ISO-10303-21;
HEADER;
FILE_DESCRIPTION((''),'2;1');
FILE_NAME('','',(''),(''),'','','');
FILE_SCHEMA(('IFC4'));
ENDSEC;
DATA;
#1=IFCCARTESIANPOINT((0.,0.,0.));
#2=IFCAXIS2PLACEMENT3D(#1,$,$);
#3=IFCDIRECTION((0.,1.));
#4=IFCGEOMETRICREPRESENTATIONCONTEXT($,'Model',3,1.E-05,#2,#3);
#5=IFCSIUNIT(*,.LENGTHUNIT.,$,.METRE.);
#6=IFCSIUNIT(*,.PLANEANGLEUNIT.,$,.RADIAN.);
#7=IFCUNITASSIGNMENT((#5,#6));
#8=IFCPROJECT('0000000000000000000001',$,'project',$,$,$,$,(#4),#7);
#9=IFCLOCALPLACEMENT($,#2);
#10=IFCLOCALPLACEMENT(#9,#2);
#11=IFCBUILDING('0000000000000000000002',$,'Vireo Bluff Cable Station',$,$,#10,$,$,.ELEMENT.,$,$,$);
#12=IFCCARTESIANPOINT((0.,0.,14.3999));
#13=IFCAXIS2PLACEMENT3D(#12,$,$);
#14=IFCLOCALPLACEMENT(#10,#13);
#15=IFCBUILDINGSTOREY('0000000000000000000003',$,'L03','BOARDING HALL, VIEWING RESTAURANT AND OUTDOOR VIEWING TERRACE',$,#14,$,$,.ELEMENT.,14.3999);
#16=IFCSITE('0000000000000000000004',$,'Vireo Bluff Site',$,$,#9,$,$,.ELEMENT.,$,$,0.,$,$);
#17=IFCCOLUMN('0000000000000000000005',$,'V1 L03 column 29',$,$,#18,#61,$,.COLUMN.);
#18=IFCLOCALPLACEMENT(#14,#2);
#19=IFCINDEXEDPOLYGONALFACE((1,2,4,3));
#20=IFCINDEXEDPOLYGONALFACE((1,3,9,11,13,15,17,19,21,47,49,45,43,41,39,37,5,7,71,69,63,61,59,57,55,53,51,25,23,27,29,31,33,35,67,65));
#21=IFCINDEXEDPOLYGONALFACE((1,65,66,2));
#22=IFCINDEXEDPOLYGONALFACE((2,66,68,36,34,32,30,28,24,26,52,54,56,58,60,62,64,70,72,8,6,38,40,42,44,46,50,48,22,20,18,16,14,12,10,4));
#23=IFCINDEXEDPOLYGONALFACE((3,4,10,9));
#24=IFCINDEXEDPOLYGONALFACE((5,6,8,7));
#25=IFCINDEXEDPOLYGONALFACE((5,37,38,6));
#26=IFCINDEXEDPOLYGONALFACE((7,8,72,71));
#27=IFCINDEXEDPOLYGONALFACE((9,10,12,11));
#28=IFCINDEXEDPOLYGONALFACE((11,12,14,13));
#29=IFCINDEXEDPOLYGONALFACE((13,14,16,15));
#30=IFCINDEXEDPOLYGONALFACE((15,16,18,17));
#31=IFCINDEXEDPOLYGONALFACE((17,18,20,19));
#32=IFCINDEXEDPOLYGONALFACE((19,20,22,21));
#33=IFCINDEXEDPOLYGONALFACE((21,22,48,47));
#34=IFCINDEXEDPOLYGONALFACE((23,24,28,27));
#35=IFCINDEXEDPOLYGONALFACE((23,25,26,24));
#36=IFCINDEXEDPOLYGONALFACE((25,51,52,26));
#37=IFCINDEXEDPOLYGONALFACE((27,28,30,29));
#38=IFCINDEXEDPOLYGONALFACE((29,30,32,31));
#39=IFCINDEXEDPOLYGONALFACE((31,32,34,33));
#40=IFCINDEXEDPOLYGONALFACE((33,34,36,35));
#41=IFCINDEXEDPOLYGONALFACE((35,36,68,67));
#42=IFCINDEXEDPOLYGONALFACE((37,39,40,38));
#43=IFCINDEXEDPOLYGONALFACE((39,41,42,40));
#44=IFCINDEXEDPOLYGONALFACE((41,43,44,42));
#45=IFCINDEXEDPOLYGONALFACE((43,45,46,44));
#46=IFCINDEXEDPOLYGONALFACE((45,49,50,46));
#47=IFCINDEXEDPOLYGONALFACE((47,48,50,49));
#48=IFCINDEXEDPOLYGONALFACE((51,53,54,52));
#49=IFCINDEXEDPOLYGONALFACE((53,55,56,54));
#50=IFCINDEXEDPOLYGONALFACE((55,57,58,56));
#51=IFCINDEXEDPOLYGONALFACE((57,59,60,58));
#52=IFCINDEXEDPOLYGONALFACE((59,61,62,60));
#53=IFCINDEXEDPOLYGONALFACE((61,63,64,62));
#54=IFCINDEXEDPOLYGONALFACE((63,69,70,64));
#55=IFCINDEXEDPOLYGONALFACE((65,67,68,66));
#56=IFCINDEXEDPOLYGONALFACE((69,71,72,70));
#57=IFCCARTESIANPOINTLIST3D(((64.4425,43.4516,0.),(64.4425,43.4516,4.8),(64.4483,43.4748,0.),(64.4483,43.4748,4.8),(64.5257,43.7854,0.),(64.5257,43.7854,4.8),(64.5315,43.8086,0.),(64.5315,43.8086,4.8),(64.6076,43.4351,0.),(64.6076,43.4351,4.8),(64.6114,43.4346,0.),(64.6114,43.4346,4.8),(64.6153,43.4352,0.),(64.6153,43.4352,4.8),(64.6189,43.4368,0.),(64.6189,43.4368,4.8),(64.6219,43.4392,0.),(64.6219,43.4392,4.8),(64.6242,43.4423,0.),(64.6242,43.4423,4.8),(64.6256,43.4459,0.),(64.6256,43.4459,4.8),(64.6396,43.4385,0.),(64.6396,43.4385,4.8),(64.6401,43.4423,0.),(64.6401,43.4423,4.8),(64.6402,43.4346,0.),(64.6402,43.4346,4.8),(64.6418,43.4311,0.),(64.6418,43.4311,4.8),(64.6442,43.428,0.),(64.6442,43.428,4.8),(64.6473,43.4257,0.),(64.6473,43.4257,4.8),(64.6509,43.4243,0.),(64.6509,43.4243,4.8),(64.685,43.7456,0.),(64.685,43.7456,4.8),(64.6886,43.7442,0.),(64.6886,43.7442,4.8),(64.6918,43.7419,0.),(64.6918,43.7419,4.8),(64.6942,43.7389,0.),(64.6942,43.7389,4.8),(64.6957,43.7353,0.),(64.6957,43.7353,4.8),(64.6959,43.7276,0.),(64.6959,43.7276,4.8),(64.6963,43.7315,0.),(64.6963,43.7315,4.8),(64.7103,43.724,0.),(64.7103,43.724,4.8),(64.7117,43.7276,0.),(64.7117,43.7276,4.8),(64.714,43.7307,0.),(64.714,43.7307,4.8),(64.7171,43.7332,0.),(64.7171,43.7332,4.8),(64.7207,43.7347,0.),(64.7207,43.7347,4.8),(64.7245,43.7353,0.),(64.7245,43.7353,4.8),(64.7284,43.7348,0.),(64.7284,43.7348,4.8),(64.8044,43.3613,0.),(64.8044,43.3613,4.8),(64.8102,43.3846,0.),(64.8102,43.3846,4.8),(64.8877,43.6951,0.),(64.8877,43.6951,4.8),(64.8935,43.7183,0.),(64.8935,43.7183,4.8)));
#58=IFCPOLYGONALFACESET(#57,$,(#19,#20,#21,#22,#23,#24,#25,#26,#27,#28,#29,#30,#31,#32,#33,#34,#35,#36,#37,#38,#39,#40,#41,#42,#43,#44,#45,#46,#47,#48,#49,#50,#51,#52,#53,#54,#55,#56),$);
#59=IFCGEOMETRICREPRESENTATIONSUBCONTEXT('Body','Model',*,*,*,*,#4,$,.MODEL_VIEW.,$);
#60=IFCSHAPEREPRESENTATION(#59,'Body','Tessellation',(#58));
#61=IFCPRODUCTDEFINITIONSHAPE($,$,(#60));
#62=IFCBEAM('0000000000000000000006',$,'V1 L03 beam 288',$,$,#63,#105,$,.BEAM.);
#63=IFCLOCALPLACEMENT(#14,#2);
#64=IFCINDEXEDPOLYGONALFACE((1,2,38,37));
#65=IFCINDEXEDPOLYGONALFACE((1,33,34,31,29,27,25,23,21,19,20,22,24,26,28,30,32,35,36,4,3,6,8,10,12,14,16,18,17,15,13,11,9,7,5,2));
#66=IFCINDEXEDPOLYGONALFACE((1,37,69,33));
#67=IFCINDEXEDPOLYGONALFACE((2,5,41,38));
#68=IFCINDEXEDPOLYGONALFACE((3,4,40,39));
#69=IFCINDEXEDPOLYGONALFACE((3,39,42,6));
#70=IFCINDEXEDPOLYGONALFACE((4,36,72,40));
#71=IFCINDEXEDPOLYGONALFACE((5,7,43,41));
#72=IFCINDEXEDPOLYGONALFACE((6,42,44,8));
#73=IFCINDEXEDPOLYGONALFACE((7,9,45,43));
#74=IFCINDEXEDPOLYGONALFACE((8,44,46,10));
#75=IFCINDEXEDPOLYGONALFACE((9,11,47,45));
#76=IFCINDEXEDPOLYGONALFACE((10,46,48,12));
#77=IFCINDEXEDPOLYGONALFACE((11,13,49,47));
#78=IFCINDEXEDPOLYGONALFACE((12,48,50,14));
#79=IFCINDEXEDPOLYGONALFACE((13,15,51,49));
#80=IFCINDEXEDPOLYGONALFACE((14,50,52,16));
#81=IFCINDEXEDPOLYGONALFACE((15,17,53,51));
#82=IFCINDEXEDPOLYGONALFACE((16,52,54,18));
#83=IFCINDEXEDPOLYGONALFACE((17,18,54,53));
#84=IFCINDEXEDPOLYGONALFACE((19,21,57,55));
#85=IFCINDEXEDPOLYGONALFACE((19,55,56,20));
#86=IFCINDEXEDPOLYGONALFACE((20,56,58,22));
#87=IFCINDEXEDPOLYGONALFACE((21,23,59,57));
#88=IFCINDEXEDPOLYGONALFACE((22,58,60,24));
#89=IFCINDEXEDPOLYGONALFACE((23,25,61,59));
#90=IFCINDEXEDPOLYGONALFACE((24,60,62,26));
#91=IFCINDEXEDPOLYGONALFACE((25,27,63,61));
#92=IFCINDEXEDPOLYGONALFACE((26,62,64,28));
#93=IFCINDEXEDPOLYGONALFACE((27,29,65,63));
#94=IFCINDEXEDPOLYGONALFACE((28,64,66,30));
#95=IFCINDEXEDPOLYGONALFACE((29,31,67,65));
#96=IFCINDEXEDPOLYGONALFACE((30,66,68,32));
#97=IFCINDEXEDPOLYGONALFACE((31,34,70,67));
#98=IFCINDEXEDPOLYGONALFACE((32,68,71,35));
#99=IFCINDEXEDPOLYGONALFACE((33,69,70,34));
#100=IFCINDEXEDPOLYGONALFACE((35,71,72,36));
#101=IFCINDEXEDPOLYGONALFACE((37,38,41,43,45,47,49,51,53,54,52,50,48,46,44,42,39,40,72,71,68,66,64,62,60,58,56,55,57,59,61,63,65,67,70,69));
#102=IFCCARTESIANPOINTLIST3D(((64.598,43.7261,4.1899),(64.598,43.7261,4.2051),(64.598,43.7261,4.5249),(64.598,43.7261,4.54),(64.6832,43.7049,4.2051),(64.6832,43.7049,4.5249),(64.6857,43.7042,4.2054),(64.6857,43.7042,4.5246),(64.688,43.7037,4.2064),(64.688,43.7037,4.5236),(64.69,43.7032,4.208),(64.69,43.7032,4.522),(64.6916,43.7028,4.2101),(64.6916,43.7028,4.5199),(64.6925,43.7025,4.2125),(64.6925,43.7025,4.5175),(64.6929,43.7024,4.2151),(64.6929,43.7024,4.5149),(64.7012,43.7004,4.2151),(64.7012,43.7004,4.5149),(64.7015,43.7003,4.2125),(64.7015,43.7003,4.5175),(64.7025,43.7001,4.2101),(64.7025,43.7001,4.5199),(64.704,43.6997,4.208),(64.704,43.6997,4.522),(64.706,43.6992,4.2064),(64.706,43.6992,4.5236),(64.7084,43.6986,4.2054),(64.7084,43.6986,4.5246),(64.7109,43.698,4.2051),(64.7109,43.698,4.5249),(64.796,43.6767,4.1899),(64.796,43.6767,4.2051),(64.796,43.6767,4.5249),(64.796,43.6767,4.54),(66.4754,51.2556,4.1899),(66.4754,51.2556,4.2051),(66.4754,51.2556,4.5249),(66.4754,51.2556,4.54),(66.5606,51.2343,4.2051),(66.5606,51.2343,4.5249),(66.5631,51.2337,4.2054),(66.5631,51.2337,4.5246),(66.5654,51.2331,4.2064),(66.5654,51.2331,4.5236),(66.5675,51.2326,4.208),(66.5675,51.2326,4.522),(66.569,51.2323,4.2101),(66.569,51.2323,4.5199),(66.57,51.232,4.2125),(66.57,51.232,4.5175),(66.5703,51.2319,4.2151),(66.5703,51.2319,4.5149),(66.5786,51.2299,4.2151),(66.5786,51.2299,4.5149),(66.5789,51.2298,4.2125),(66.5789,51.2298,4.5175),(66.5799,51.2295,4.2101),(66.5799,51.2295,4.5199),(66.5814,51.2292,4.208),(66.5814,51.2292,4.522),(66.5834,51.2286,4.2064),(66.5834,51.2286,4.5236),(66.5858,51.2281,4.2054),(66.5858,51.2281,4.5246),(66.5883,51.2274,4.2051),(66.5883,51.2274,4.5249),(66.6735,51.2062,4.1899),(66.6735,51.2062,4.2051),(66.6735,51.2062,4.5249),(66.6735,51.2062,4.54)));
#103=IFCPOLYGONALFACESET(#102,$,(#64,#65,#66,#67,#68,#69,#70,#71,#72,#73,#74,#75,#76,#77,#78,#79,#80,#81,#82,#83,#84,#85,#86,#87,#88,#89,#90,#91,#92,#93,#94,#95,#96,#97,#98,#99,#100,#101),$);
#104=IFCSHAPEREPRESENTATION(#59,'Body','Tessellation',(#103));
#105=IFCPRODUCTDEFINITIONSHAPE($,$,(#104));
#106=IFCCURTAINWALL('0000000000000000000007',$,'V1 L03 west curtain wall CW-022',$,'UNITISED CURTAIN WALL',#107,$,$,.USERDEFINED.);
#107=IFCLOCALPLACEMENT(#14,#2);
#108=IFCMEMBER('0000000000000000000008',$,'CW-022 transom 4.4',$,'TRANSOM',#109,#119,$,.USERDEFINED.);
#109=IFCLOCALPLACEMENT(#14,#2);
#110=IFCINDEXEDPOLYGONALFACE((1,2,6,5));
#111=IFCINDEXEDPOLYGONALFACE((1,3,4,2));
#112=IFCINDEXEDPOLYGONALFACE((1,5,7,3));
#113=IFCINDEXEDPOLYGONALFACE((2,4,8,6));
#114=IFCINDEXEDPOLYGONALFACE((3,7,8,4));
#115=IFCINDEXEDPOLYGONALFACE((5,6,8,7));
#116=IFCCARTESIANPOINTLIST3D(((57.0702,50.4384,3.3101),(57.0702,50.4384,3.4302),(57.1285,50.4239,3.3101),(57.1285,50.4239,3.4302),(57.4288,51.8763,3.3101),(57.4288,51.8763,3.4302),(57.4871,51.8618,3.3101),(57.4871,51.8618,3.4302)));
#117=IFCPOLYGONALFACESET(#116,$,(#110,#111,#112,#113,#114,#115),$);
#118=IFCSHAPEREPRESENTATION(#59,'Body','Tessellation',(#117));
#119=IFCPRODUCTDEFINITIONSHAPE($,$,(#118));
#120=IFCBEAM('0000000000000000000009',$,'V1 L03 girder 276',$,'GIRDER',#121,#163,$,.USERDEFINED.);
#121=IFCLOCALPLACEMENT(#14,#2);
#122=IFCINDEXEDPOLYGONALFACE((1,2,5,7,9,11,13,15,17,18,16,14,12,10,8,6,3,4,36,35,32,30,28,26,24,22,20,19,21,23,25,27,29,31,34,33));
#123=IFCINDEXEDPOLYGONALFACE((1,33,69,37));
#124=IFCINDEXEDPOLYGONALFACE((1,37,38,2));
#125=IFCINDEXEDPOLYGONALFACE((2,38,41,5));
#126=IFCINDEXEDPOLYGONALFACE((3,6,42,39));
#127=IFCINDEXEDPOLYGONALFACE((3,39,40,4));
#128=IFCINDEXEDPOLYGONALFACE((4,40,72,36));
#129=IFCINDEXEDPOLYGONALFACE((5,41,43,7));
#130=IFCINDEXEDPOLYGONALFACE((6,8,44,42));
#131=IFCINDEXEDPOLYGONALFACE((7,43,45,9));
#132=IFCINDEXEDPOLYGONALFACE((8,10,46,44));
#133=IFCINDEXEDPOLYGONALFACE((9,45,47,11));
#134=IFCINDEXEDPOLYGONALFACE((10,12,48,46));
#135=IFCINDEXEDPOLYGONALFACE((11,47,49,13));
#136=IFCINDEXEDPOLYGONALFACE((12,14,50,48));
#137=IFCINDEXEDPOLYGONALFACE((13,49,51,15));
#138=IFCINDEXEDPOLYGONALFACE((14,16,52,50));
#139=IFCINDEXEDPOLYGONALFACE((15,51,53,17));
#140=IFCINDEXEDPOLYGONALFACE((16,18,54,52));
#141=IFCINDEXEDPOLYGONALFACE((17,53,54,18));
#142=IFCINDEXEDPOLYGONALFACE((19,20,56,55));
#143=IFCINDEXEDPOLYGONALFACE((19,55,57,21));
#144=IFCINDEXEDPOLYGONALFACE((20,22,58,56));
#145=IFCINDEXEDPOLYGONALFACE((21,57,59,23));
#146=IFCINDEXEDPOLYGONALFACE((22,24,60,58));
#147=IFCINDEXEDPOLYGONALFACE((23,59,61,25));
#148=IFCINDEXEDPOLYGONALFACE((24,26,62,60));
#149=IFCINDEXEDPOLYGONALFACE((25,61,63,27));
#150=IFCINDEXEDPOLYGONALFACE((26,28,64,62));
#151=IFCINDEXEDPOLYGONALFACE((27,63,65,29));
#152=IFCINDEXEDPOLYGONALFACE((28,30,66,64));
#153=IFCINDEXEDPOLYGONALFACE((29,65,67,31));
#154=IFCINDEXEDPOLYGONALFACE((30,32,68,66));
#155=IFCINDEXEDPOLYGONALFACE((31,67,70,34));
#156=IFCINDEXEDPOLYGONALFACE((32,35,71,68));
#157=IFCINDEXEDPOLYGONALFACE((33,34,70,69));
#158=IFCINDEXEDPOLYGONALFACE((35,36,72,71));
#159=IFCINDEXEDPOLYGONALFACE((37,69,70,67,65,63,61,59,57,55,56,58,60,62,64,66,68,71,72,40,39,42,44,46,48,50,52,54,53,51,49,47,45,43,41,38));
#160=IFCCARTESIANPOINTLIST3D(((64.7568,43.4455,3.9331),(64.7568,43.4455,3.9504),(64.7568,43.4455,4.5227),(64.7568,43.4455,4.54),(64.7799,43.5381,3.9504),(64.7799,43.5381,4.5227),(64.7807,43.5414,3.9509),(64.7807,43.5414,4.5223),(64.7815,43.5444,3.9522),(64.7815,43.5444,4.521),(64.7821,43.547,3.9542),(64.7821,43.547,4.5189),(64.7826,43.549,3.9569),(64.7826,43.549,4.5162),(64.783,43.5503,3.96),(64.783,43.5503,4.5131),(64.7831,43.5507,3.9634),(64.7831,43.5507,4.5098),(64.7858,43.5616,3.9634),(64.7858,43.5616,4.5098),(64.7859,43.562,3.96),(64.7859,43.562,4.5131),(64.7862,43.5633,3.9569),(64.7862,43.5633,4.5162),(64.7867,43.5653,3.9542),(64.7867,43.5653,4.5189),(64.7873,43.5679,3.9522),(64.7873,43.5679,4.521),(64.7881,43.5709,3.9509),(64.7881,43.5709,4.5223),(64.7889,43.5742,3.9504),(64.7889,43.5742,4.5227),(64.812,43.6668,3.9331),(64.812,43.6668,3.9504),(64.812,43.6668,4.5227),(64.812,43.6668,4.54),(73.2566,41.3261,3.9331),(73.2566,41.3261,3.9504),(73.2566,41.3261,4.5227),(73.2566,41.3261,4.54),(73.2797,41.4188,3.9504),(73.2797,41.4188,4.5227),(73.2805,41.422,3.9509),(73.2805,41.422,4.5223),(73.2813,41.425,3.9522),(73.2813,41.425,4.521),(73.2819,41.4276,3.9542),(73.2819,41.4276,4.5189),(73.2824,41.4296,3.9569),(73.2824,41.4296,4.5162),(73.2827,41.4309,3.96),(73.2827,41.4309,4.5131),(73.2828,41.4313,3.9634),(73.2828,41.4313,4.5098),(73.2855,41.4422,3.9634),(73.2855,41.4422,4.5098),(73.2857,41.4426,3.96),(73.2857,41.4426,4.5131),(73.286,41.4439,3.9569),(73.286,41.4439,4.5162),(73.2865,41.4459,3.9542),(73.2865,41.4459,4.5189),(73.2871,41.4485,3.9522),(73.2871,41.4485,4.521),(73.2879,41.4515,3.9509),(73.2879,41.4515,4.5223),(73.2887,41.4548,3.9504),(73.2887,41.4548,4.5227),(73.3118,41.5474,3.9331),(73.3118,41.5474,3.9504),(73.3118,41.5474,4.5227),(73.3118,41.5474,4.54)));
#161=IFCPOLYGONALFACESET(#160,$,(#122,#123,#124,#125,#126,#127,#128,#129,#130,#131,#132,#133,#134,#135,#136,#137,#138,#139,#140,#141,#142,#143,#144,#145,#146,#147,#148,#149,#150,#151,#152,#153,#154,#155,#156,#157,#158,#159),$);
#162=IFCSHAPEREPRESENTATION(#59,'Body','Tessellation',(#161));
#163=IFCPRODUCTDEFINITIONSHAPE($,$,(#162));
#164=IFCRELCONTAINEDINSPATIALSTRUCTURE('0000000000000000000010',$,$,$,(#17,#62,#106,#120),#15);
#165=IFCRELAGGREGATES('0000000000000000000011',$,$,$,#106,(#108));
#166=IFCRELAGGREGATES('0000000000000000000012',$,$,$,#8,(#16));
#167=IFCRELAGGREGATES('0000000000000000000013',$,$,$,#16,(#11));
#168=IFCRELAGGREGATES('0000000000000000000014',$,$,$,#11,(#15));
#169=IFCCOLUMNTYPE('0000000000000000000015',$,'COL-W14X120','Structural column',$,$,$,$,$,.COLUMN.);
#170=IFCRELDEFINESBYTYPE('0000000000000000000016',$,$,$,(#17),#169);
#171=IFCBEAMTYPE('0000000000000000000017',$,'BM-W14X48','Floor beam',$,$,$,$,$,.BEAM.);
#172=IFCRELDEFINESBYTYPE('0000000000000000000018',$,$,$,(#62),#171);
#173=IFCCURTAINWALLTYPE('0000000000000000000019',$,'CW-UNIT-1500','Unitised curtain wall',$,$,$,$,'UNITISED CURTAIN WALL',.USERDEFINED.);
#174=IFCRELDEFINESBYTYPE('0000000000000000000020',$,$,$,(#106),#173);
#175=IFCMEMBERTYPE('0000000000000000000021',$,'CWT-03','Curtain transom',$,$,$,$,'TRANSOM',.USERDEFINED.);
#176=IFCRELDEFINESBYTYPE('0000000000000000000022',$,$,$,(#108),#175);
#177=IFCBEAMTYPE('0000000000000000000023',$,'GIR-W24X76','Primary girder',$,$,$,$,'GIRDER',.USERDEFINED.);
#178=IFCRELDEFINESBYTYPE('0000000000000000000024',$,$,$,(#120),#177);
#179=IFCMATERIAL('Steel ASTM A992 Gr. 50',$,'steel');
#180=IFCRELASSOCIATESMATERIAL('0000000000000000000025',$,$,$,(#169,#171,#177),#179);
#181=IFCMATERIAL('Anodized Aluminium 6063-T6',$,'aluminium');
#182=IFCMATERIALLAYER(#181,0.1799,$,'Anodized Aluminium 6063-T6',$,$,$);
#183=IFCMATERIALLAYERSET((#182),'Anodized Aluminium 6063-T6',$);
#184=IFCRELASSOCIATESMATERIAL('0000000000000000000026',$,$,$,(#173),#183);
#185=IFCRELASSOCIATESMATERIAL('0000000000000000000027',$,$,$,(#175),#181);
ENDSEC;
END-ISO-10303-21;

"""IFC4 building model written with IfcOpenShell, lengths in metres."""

from ifc_helpers import new_model, si_unit, direction, frame, origin, origin_2d, place, context, subcontext, project, spatial, rectangle, i_section, extrude, material, layer, layer_set, material_profile, profile_set, type_object, element, aggregate, save


model = new_model("IFC4")

# Units and contexts
model_context = context("Model", 3, precision=1e-05, world=origin(), true_north=direction((0.0, 1.0)))
body_context = subcontext(model_context, "Body", "Model", "MODEL_VIEW")
ifc_project = project(units=[si_unit("LENGTHUNIT", "METRE"), si_unit("PLANEANGLEUNIT", "RADIAN")], contexts=[model_context])

# Site, building, storey
site_placement = place(None, origin())
site = spatial("IfcSite", under=ifc_project, at=site_placement, Name="Vireo Bluff Site", CompositionType="ELEMENT", RefElevation=0.0)
building_placement = place(site_placement, origin())
building = spatial("IfcBuilding", under=site, at=building_placement, Name="Vireo Bluff Cable Station", CompositionType="ELEMENT")
storey_placement = place(building_placement, frame((0.0, 0.0, 14.3999)))
storey = spatial("IfcBuildingStorey", under=building, at=storey_placement, Name="L03", Description="BOARDING HALL, VIEWING RESTAURANT AND OUTDOOR VIEWING TERRACE", CompositionType="ELEMENT", Elevation=14.3999)

# Column
ifc_material_1 = material(Name="Steel ASTM A992 Gr. 50", Category="steel")
ifc_material_profile_1 = material_profile(ifc_material_1, i_section(OverallWidth=0.373, OverallDepth=0.3679, WebThickness=0.0149, FlangeThickness=0.0239, FilletRadius=0.0149, at=origin_2d()), Name="W14X120")
ifc_profile_set_1 = profile_set([ifc_material_profile_1], Name="Steel ASTM A992 Gr. 50")
column_type = type_object("IfcColumnType", Name="COL-W14X120", Description="Structural column", PredefinedType="COLUMN", material=ifc_profile_set_1)
column_placement = place(storey_placement, frame((64.668, 43.585, 0.0), z_axis=(0.0, 0.0, 1.0), x_axis=(0.970296, -0.241922, 0.0)))
element("IfcColumn", 1, at=column_placement, inside=storey, type_object=column_type, Name="V1 L03 column 29", PredefinedType="COLUMN", context=body_context, shape_type="SweptSolid", body=[
    extrude(i_section(OverallWidth=0.373, OverallDepth=0.3679, WebThickness=0.0149, FlangeThickness=0.0239, FilletRadius=0.0149, at=origin_2d()), origin(), (0.0, 0.0, 1.0), 4.8),
])

# Beam
ifc_material_profile_2 = material_profile(ifc_material_1, i_section(OverallWidth=0.2041, OverallDepth=0.3501, WebThickness=0.0085, FlangeThickness=0.0151, FilletRadius=0.01, at=origin_2d()), Name="W14X48")
ifc_profile_set_2 = profile_set([ifc_material_profile_2], Name="Steel ASTM A992 Gr. 50")
beam_type_1 = type_object("IfcBeamType", Name="BM-W14X48", Description="Floor beam", PredefinedType="BEAM", material=ifc_profile_set_2)
beam_1_placement = place(storey_placement, frame((64.697, 43.7014, 4.365), z_axis=(0.241936, 0.970292, 0.0), x_axis=(-0.970292, 0.241936, 0.0)))
element("IfcBeam", 2, at=beam_1_placement, inside=storey, type_object=beam_type_1, Name="V1 L03 beam 288", PredefinedType="BEAM", context=body_context, shape_type="SweptSolid", body=[
    extrude(i_section(OverallWidth=0.2041, OverallDepth=0.3501, WebThickness=0.0085, FlangeThickness=0.0151, FilletRadius=0.01, at=origin_2d()), origin(), (0.0, 0.0, 1.0), 7.76),
])

# Curtain wall, member
ifc_material_2 = material(Name="Anodized Aluminium 6063-T6", Category="aluminium")
ifc_layer_1 = layer(ifc_material_2, 0.1799, Name="Anodized Aluminium 6063-T6")
ifc_layer_set_1 = layer_set([ifc_layer_1], Name="Anodized Aluminium 6063-T6")
curtain_wall_type = type_object("IfcCurtainWallType", Name="CW-UNIT-1500", Description="Unitised curtain wall", ElementType="UNITISED CURTAIN WALL", PredefinedType="USERDEFINED", material=ifc_layer_set_1)
curtain_wall_placement = place(storey_placement, origin())
curtain_wall = element("IfcCurtainWall", 3, at=curtain_wall_placement, inside=storey, type_object=curtain_wall_type, Name="V1 L03 west curtain wall CW-022", ObjectType="UNITISED CURTAIN WALL", PredefinedType="USERDEFINED")
ifc_material_profile_3 = material_profile(ifc_material_2, rectangle(XDim=0.0601, YDim=0.1201, at=origin_2d()), Name="ALU-T-60X120")
ifc_profile_set_3 = profile_set([ifc_material_profile_3], Name="Anodized Aluminium 6063-T6")
member_type = type_object("IfcMemberType", Name="CWT-03", Description="Curtain transom", ElementType="TRANSOM", PredefinedType="USERDEFINED", material=ifc_profile_set_3)
member_placement = place(storey_placement, frame((57.0994, 50.4312, 3.3701), z_axis=(0.241993, 0.970278, 0.0), x_axis=(-0.970278, 0.241993, 0.0)))
member = element("IfcMember", 4, at=member_placement, type_object=member_type, Name="CW-022 transom 4.4", ObjectType="TRANSOM", PredefinedType="USERDEFINED", context=body_context, shape_type="SweptSolid", body=[
    extrude(rectangle(XDim=0.0601, YDim=0.1201, at=origin_2d()), origin(), (0.0, 0.0, 1.0), 1.4819),
])

# Beam
ifc_material_profile_4 = material_profile(ifc_material_1, i_section(OverallWidth=0.228, OverallDepth=0.6069, WebThickness=0.0112, FlangeThickness=0.0173, FilletRadius=0.0129, at=origin_2d()), Name="W24X76")
ifc_profile_set_4 = profile_set([ifc_material_profile_4], Name="Steel ASTM A992 Gr. 50")
beam_type_2 = type_object("IfcBeamType", Name="GIR-W24X76", Description="Primary girder", ElementType="GIRDER", PredefinedType="USERDEFINED", material=ifc_profile_set_4)
beam_2_placement = place(storey_placement, frame((64.7844, 43.5562, 4.2366), z_axis=(0.970292, -0.241939, 0.0), x_axis=(0.241939, 0.970292, 0.0)))
element("IfcBeam", 5, at=beam_2_placement, inside=storey, type_object=beam_type_2, Name="V1 L03 girder 276", ObjectType="GIRDER", PredefinedType="USERDEFINED", context=body_context, shape_type="SweptSolid", body=[
    extrude(i_section(OverallWidth=0.228, OverallDepth=0.6069, WebThickness=0.0112, FlangeThickness=0.0173, FilletRadius=0.0129, at=origin_2d()), origin(), (0.0, 0.0, 1.0), 8.76),
])

aggregate(curtain_wall, [member])

save(model, "model.ifc")
